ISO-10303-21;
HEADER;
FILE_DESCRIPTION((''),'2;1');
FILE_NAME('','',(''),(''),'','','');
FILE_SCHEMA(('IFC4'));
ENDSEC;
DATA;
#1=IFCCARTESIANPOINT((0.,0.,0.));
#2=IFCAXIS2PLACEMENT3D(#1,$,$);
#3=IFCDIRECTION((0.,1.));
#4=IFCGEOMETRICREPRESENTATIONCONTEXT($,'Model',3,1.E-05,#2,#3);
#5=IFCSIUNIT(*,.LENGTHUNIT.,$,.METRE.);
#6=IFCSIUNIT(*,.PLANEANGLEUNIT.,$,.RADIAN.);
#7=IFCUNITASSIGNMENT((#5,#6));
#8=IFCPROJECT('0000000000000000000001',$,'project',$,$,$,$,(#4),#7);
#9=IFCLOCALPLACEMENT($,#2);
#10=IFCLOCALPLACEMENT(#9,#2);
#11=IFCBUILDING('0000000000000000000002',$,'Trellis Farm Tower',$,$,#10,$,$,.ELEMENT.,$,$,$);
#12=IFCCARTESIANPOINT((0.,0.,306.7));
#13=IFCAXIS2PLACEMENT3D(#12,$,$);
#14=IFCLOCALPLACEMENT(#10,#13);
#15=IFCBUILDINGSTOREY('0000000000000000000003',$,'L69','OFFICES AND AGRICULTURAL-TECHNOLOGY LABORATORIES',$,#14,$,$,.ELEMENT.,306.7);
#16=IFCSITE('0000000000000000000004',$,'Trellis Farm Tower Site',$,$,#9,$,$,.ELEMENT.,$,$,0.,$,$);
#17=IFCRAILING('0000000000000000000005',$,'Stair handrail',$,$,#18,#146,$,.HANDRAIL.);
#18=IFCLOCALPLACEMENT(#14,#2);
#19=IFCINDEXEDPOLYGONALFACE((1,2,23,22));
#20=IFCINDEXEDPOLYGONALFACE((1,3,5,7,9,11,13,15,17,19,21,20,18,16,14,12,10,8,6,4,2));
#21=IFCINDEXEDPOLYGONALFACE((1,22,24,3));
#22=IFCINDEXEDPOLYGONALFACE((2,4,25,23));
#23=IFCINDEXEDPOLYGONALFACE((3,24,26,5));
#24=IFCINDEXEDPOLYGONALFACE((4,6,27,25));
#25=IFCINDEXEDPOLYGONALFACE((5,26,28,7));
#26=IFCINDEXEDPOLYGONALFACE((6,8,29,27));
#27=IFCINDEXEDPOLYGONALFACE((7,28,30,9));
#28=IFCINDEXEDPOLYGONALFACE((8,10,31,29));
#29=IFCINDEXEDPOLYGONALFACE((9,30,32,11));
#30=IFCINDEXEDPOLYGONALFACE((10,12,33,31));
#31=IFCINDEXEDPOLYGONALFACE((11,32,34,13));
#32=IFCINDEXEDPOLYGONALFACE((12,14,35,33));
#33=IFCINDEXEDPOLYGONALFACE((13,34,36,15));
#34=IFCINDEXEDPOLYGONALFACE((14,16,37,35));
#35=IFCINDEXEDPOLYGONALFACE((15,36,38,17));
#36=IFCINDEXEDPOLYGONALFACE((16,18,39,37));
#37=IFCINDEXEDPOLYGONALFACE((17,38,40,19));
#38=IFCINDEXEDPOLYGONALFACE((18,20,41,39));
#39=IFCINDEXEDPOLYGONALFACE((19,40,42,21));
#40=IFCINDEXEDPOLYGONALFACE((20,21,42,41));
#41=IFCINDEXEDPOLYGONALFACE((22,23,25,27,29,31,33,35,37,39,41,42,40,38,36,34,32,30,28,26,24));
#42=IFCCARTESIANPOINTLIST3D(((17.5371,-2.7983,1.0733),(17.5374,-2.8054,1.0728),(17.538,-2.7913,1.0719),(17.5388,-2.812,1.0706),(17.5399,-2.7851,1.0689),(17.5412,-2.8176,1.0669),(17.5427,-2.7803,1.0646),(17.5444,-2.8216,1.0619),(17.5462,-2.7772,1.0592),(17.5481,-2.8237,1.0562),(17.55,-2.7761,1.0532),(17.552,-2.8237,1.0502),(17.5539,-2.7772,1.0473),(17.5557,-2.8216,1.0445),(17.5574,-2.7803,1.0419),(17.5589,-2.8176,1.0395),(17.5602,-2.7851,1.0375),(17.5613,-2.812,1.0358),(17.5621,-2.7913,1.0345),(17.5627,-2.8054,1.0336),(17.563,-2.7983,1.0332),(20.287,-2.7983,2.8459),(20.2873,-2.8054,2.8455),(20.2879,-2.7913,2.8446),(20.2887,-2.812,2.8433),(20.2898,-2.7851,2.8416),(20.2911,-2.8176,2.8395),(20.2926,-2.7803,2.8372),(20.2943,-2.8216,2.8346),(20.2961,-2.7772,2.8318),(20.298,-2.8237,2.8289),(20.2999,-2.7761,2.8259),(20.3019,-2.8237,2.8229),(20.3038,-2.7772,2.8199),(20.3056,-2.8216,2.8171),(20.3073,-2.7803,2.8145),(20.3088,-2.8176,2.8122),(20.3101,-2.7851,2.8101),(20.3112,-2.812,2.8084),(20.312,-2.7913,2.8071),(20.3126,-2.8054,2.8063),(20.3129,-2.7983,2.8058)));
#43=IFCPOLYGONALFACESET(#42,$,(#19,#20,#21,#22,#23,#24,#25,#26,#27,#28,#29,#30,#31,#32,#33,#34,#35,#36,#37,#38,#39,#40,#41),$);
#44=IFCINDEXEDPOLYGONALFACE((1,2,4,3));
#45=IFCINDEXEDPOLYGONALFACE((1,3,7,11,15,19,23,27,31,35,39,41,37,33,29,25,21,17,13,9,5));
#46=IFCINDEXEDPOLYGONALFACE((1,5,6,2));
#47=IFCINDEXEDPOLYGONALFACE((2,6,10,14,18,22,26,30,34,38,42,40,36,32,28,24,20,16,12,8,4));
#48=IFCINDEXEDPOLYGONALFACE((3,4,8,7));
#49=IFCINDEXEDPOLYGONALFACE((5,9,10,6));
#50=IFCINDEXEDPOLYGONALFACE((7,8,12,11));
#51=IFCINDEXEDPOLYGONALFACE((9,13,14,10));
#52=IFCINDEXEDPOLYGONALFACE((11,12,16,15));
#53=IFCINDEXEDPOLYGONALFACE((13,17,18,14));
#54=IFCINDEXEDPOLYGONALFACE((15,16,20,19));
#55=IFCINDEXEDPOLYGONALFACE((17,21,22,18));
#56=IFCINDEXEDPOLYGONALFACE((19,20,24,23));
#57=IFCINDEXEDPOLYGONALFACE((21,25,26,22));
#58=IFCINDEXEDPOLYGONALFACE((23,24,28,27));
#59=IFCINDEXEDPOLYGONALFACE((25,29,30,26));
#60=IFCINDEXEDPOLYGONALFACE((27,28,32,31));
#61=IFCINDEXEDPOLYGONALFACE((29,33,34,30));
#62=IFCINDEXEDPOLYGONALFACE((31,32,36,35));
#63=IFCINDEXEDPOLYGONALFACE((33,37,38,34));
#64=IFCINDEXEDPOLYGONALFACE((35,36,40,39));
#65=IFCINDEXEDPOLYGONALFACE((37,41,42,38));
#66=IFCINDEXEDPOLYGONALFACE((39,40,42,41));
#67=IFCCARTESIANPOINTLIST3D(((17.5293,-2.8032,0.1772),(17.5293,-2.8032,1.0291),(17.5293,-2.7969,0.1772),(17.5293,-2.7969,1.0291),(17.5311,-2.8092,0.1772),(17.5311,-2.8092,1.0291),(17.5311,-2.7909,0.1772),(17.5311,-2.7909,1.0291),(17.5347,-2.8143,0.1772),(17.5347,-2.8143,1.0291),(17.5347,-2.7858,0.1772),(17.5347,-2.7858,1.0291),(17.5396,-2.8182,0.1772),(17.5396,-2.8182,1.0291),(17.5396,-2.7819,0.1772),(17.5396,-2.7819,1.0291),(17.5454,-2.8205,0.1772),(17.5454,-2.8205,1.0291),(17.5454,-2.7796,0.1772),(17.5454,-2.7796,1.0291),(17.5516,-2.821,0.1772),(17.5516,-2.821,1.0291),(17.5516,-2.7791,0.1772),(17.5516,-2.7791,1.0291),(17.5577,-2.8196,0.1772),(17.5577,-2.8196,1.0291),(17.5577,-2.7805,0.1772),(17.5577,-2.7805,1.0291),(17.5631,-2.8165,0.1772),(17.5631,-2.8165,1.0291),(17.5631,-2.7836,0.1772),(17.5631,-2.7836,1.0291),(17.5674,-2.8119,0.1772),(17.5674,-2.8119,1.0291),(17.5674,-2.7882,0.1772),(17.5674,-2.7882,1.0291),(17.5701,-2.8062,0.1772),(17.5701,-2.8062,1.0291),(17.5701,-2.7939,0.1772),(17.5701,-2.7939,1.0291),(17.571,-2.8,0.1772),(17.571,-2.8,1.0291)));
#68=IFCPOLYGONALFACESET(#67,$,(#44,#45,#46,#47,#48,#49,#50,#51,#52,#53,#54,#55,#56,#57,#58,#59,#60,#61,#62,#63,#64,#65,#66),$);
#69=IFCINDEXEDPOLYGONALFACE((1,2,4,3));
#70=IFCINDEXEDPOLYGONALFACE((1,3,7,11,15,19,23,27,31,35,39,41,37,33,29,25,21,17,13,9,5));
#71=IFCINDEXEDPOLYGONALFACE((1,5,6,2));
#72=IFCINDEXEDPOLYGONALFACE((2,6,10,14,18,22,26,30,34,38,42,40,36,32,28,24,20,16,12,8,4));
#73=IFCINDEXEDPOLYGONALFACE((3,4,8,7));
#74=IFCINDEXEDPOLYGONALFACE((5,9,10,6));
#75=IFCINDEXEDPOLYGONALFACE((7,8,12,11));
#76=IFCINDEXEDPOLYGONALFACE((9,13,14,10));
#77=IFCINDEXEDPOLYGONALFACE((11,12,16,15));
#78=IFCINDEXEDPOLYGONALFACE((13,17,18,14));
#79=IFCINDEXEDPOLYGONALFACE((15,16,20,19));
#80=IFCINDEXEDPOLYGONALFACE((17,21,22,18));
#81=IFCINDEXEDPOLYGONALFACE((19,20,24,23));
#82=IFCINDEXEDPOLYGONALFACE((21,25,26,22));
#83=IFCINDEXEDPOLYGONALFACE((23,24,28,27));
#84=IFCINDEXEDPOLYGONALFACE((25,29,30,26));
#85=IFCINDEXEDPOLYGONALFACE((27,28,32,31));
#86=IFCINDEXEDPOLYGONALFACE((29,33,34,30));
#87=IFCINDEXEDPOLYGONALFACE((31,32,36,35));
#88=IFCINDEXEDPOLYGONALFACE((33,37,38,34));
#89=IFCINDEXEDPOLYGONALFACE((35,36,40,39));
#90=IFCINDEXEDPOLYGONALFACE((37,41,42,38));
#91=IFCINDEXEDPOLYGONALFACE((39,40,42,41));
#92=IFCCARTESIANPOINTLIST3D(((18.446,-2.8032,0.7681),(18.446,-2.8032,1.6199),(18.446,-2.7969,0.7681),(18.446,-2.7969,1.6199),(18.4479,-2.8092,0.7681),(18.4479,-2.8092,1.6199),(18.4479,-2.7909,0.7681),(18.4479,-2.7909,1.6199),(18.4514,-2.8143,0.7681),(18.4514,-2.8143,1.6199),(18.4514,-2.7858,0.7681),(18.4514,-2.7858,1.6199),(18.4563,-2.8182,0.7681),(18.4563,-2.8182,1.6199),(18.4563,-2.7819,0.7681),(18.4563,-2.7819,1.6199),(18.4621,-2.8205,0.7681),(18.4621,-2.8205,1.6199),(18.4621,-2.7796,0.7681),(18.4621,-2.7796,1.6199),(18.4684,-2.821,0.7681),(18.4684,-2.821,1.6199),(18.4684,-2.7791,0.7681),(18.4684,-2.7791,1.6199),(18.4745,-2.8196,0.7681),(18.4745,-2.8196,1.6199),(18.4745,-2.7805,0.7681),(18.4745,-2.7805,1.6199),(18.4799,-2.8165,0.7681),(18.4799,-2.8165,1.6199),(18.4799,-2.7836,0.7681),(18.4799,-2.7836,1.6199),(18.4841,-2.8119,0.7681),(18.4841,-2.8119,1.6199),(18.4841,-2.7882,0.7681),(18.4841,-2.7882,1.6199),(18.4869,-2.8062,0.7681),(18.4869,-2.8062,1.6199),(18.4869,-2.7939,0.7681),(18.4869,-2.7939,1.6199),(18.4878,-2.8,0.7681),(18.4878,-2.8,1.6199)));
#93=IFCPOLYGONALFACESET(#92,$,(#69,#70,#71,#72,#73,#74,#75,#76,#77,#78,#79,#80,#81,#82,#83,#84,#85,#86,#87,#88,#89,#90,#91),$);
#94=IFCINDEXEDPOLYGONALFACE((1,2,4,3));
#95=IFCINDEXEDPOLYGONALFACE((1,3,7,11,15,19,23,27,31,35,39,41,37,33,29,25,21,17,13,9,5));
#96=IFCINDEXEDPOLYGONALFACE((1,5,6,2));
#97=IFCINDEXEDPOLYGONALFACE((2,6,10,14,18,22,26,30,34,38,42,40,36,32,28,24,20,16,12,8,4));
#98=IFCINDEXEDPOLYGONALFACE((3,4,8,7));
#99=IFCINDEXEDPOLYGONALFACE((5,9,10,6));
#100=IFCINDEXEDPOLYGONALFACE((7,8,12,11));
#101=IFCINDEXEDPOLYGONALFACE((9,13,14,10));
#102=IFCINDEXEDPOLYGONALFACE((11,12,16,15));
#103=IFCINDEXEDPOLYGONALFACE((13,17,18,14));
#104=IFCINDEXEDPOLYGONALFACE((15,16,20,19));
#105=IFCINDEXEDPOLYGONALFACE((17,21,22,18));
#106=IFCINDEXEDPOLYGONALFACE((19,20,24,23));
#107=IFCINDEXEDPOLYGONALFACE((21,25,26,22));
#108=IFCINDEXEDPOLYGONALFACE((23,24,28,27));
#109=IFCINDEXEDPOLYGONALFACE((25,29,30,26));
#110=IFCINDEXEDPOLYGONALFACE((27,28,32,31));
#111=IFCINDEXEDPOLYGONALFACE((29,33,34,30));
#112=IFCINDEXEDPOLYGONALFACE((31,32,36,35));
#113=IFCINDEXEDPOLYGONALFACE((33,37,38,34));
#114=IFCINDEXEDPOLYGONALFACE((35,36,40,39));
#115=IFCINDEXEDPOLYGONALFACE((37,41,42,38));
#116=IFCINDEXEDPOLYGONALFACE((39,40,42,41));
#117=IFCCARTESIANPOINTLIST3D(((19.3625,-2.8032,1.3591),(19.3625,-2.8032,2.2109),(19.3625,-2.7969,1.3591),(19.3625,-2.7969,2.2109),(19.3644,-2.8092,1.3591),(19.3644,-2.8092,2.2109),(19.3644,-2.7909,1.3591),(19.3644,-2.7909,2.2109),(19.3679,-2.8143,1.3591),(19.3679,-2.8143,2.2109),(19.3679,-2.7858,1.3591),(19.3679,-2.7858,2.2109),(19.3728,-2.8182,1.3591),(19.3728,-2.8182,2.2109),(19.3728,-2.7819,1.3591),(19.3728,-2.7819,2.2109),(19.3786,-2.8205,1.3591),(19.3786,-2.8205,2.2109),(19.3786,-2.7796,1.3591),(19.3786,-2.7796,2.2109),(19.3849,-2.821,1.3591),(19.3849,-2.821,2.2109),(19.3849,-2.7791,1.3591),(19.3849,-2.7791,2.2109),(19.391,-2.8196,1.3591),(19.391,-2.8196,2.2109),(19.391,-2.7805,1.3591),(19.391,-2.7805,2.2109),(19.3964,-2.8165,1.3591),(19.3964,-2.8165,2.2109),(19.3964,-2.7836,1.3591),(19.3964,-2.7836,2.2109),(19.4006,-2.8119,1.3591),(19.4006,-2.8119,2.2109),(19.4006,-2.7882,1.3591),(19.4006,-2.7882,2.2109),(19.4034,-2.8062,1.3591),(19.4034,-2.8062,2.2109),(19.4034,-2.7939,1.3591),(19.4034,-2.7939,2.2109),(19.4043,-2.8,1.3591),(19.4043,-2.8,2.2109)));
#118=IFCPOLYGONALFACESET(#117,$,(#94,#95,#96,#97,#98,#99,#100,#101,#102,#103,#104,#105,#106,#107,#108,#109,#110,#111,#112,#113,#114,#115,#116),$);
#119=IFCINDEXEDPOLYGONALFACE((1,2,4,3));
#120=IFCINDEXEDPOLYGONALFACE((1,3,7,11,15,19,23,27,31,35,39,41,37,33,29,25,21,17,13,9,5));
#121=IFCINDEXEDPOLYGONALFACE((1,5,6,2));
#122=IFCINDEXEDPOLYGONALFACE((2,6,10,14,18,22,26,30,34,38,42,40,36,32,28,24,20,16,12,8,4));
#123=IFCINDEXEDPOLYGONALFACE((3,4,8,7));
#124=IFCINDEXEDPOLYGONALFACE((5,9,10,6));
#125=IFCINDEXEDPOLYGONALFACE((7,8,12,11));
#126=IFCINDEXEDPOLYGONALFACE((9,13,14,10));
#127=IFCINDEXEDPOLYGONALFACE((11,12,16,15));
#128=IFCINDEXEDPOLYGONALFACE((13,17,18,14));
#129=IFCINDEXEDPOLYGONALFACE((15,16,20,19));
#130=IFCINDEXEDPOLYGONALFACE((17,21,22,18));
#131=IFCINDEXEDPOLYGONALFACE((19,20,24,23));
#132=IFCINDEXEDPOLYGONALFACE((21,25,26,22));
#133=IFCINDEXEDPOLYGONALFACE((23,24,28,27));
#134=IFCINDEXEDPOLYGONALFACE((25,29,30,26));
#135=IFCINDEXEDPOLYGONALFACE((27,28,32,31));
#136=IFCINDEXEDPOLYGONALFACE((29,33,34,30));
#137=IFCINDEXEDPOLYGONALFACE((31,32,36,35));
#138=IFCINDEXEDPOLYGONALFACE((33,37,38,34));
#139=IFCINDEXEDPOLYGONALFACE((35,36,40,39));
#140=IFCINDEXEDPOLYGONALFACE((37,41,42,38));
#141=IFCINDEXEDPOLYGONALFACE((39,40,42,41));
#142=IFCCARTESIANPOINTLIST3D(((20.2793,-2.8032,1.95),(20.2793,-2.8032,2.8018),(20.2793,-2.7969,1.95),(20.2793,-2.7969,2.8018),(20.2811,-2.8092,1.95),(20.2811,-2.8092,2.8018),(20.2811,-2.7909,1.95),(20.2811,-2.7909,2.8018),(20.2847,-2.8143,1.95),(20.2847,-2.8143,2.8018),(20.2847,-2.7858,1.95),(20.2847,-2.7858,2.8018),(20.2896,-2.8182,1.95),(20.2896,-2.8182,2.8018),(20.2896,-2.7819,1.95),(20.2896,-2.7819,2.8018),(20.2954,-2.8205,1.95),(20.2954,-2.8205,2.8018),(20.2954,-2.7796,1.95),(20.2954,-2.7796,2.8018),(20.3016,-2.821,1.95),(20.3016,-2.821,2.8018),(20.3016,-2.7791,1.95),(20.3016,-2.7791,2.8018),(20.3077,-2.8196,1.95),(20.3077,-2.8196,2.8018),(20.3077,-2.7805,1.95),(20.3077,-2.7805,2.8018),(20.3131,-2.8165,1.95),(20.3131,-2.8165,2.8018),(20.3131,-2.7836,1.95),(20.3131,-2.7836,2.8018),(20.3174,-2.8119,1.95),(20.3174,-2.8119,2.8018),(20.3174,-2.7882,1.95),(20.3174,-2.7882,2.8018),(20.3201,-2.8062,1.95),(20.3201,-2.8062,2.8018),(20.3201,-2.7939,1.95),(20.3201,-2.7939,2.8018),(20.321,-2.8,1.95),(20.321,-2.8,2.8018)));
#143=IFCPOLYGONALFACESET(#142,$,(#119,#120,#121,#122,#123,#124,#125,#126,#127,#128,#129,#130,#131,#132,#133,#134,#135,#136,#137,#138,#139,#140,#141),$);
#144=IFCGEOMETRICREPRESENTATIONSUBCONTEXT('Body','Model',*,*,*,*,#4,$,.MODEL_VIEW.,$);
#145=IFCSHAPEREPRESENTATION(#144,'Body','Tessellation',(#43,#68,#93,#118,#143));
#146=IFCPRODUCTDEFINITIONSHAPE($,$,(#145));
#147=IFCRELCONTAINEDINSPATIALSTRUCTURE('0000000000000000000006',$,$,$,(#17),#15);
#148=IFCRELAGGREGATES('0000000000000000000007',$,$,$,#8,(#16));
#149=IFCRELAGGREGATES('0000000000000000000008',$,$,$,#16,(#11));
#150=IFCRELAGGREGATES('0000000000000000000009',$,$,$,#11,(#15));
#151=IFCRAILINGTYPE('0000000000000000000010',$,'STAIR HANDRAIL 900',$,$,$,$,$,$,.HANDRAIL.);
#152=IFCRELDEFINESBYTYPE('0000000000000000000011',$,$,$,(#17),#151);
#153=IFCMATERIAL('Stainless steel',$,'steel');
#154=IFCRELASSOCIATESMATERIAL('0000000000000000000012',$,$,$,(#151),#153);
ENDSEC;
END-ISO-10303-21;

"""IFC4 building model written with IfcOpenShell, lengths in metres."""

from ifc_helpers import new_model, si_unit, direction, frame, origin, origin_2d, place, context, subcontext, project, spatial, circle, extrude, source, transform, mapped, material, type_object, element, save


model = new_model("IFC4")

# Units and contexts
model_context = context("Model", 3, precision=1e-05, world=origin(), true_north=direction((0.0, 1.0)))
body_context = subcontext(model_context, "Body", "Model", "MODEL_VIEW")
ifc_project = project(units=[si_unit("LENGTHUNIT", "METRE"), si_unit("PLANEANGLEUNIT", "RADIAN")], contexts=[model_context])

# Site, building, storey
site_placement = place(None, origin())
site = spatial("IfcSite", under=ifc_project, at=site_placement, Name="Trellis Farm Tower Site", CompositionType="ELEMENT", RefElevation=0.0)
building_placement = place(site_placement, origin())
building = spatial("IfcBuilding", under=site, at=building_placement, Name="Trellis Farm Tower", CompositionType="ELEMENT")
storey_placement = place(building_placement, frame((0.0, 0.0, 306.7)))
storey = spatial("IfcBuildingStorey", under=building, at=storey_placement, Name="L69", Description="OFFICES AND AGRICULTURAL-TECHNOLOGY LABORATORIES", CompositionType="ELEMENT", Elevation=306.7)

# Railing
ifc_material_1 = material(Name="Stainless steel", Category="steel")
railing_type = type_object("IfcRailingType", Name="STAIR HANDRAIL 900", PredefinedType="HANDRAIL", material=ifc_material_1)
shared_shape_1 = source(origin(), body_context, "Body", "SweptSolid", [
    extrude(circle(Radius=0.0239, at=origin_2d()), frame((0.0, 0.0, 0.876), z_axis=(0.840504, 0.0, 0.541806), x_axis=(0.0, 1.0, 0.0)), (0.0, 0.0, 1.0), 3.2717),
    extrude(circle(Radius=0.021, at=origin_2d()), origin(), (0.0, 0.0, 1.0), 0.8518),
    extrude(circle(Radius=0.021, at=origin_2d()), frame((0.9167, 0.0, 0.5908)), (0.0, 0.0, 1.0), 0.8518),
    extrude(circle(Radius=0.021, at=origin_2d()), frame((1.8333, 0.0, 1.1819)), (0.0, 0.0, 1.0), 0.8518),
    extrude(circle(Radius=0.021, at=origin_2d()), frame((2.75, 0.0, 1.7727)), (0.0, 0.0, 1.0), 0.8518),
])
for number, where, name in (
    (1, (17.55, -2.8, 0.1772), "Stair handrail"),
):
    element("IfcRailing", number, at=place(storey_placement, frame(where)), inside=storey, type_object=railing_type, Name=name, PredefinedType="HANDRAIL", context=body_context, shape_type="MappedRepresentation", body=[
        mapped(shared_shape_1, transform((0.0, 0.0, 0.0))),
    ])

save(model, "model.ifc")
